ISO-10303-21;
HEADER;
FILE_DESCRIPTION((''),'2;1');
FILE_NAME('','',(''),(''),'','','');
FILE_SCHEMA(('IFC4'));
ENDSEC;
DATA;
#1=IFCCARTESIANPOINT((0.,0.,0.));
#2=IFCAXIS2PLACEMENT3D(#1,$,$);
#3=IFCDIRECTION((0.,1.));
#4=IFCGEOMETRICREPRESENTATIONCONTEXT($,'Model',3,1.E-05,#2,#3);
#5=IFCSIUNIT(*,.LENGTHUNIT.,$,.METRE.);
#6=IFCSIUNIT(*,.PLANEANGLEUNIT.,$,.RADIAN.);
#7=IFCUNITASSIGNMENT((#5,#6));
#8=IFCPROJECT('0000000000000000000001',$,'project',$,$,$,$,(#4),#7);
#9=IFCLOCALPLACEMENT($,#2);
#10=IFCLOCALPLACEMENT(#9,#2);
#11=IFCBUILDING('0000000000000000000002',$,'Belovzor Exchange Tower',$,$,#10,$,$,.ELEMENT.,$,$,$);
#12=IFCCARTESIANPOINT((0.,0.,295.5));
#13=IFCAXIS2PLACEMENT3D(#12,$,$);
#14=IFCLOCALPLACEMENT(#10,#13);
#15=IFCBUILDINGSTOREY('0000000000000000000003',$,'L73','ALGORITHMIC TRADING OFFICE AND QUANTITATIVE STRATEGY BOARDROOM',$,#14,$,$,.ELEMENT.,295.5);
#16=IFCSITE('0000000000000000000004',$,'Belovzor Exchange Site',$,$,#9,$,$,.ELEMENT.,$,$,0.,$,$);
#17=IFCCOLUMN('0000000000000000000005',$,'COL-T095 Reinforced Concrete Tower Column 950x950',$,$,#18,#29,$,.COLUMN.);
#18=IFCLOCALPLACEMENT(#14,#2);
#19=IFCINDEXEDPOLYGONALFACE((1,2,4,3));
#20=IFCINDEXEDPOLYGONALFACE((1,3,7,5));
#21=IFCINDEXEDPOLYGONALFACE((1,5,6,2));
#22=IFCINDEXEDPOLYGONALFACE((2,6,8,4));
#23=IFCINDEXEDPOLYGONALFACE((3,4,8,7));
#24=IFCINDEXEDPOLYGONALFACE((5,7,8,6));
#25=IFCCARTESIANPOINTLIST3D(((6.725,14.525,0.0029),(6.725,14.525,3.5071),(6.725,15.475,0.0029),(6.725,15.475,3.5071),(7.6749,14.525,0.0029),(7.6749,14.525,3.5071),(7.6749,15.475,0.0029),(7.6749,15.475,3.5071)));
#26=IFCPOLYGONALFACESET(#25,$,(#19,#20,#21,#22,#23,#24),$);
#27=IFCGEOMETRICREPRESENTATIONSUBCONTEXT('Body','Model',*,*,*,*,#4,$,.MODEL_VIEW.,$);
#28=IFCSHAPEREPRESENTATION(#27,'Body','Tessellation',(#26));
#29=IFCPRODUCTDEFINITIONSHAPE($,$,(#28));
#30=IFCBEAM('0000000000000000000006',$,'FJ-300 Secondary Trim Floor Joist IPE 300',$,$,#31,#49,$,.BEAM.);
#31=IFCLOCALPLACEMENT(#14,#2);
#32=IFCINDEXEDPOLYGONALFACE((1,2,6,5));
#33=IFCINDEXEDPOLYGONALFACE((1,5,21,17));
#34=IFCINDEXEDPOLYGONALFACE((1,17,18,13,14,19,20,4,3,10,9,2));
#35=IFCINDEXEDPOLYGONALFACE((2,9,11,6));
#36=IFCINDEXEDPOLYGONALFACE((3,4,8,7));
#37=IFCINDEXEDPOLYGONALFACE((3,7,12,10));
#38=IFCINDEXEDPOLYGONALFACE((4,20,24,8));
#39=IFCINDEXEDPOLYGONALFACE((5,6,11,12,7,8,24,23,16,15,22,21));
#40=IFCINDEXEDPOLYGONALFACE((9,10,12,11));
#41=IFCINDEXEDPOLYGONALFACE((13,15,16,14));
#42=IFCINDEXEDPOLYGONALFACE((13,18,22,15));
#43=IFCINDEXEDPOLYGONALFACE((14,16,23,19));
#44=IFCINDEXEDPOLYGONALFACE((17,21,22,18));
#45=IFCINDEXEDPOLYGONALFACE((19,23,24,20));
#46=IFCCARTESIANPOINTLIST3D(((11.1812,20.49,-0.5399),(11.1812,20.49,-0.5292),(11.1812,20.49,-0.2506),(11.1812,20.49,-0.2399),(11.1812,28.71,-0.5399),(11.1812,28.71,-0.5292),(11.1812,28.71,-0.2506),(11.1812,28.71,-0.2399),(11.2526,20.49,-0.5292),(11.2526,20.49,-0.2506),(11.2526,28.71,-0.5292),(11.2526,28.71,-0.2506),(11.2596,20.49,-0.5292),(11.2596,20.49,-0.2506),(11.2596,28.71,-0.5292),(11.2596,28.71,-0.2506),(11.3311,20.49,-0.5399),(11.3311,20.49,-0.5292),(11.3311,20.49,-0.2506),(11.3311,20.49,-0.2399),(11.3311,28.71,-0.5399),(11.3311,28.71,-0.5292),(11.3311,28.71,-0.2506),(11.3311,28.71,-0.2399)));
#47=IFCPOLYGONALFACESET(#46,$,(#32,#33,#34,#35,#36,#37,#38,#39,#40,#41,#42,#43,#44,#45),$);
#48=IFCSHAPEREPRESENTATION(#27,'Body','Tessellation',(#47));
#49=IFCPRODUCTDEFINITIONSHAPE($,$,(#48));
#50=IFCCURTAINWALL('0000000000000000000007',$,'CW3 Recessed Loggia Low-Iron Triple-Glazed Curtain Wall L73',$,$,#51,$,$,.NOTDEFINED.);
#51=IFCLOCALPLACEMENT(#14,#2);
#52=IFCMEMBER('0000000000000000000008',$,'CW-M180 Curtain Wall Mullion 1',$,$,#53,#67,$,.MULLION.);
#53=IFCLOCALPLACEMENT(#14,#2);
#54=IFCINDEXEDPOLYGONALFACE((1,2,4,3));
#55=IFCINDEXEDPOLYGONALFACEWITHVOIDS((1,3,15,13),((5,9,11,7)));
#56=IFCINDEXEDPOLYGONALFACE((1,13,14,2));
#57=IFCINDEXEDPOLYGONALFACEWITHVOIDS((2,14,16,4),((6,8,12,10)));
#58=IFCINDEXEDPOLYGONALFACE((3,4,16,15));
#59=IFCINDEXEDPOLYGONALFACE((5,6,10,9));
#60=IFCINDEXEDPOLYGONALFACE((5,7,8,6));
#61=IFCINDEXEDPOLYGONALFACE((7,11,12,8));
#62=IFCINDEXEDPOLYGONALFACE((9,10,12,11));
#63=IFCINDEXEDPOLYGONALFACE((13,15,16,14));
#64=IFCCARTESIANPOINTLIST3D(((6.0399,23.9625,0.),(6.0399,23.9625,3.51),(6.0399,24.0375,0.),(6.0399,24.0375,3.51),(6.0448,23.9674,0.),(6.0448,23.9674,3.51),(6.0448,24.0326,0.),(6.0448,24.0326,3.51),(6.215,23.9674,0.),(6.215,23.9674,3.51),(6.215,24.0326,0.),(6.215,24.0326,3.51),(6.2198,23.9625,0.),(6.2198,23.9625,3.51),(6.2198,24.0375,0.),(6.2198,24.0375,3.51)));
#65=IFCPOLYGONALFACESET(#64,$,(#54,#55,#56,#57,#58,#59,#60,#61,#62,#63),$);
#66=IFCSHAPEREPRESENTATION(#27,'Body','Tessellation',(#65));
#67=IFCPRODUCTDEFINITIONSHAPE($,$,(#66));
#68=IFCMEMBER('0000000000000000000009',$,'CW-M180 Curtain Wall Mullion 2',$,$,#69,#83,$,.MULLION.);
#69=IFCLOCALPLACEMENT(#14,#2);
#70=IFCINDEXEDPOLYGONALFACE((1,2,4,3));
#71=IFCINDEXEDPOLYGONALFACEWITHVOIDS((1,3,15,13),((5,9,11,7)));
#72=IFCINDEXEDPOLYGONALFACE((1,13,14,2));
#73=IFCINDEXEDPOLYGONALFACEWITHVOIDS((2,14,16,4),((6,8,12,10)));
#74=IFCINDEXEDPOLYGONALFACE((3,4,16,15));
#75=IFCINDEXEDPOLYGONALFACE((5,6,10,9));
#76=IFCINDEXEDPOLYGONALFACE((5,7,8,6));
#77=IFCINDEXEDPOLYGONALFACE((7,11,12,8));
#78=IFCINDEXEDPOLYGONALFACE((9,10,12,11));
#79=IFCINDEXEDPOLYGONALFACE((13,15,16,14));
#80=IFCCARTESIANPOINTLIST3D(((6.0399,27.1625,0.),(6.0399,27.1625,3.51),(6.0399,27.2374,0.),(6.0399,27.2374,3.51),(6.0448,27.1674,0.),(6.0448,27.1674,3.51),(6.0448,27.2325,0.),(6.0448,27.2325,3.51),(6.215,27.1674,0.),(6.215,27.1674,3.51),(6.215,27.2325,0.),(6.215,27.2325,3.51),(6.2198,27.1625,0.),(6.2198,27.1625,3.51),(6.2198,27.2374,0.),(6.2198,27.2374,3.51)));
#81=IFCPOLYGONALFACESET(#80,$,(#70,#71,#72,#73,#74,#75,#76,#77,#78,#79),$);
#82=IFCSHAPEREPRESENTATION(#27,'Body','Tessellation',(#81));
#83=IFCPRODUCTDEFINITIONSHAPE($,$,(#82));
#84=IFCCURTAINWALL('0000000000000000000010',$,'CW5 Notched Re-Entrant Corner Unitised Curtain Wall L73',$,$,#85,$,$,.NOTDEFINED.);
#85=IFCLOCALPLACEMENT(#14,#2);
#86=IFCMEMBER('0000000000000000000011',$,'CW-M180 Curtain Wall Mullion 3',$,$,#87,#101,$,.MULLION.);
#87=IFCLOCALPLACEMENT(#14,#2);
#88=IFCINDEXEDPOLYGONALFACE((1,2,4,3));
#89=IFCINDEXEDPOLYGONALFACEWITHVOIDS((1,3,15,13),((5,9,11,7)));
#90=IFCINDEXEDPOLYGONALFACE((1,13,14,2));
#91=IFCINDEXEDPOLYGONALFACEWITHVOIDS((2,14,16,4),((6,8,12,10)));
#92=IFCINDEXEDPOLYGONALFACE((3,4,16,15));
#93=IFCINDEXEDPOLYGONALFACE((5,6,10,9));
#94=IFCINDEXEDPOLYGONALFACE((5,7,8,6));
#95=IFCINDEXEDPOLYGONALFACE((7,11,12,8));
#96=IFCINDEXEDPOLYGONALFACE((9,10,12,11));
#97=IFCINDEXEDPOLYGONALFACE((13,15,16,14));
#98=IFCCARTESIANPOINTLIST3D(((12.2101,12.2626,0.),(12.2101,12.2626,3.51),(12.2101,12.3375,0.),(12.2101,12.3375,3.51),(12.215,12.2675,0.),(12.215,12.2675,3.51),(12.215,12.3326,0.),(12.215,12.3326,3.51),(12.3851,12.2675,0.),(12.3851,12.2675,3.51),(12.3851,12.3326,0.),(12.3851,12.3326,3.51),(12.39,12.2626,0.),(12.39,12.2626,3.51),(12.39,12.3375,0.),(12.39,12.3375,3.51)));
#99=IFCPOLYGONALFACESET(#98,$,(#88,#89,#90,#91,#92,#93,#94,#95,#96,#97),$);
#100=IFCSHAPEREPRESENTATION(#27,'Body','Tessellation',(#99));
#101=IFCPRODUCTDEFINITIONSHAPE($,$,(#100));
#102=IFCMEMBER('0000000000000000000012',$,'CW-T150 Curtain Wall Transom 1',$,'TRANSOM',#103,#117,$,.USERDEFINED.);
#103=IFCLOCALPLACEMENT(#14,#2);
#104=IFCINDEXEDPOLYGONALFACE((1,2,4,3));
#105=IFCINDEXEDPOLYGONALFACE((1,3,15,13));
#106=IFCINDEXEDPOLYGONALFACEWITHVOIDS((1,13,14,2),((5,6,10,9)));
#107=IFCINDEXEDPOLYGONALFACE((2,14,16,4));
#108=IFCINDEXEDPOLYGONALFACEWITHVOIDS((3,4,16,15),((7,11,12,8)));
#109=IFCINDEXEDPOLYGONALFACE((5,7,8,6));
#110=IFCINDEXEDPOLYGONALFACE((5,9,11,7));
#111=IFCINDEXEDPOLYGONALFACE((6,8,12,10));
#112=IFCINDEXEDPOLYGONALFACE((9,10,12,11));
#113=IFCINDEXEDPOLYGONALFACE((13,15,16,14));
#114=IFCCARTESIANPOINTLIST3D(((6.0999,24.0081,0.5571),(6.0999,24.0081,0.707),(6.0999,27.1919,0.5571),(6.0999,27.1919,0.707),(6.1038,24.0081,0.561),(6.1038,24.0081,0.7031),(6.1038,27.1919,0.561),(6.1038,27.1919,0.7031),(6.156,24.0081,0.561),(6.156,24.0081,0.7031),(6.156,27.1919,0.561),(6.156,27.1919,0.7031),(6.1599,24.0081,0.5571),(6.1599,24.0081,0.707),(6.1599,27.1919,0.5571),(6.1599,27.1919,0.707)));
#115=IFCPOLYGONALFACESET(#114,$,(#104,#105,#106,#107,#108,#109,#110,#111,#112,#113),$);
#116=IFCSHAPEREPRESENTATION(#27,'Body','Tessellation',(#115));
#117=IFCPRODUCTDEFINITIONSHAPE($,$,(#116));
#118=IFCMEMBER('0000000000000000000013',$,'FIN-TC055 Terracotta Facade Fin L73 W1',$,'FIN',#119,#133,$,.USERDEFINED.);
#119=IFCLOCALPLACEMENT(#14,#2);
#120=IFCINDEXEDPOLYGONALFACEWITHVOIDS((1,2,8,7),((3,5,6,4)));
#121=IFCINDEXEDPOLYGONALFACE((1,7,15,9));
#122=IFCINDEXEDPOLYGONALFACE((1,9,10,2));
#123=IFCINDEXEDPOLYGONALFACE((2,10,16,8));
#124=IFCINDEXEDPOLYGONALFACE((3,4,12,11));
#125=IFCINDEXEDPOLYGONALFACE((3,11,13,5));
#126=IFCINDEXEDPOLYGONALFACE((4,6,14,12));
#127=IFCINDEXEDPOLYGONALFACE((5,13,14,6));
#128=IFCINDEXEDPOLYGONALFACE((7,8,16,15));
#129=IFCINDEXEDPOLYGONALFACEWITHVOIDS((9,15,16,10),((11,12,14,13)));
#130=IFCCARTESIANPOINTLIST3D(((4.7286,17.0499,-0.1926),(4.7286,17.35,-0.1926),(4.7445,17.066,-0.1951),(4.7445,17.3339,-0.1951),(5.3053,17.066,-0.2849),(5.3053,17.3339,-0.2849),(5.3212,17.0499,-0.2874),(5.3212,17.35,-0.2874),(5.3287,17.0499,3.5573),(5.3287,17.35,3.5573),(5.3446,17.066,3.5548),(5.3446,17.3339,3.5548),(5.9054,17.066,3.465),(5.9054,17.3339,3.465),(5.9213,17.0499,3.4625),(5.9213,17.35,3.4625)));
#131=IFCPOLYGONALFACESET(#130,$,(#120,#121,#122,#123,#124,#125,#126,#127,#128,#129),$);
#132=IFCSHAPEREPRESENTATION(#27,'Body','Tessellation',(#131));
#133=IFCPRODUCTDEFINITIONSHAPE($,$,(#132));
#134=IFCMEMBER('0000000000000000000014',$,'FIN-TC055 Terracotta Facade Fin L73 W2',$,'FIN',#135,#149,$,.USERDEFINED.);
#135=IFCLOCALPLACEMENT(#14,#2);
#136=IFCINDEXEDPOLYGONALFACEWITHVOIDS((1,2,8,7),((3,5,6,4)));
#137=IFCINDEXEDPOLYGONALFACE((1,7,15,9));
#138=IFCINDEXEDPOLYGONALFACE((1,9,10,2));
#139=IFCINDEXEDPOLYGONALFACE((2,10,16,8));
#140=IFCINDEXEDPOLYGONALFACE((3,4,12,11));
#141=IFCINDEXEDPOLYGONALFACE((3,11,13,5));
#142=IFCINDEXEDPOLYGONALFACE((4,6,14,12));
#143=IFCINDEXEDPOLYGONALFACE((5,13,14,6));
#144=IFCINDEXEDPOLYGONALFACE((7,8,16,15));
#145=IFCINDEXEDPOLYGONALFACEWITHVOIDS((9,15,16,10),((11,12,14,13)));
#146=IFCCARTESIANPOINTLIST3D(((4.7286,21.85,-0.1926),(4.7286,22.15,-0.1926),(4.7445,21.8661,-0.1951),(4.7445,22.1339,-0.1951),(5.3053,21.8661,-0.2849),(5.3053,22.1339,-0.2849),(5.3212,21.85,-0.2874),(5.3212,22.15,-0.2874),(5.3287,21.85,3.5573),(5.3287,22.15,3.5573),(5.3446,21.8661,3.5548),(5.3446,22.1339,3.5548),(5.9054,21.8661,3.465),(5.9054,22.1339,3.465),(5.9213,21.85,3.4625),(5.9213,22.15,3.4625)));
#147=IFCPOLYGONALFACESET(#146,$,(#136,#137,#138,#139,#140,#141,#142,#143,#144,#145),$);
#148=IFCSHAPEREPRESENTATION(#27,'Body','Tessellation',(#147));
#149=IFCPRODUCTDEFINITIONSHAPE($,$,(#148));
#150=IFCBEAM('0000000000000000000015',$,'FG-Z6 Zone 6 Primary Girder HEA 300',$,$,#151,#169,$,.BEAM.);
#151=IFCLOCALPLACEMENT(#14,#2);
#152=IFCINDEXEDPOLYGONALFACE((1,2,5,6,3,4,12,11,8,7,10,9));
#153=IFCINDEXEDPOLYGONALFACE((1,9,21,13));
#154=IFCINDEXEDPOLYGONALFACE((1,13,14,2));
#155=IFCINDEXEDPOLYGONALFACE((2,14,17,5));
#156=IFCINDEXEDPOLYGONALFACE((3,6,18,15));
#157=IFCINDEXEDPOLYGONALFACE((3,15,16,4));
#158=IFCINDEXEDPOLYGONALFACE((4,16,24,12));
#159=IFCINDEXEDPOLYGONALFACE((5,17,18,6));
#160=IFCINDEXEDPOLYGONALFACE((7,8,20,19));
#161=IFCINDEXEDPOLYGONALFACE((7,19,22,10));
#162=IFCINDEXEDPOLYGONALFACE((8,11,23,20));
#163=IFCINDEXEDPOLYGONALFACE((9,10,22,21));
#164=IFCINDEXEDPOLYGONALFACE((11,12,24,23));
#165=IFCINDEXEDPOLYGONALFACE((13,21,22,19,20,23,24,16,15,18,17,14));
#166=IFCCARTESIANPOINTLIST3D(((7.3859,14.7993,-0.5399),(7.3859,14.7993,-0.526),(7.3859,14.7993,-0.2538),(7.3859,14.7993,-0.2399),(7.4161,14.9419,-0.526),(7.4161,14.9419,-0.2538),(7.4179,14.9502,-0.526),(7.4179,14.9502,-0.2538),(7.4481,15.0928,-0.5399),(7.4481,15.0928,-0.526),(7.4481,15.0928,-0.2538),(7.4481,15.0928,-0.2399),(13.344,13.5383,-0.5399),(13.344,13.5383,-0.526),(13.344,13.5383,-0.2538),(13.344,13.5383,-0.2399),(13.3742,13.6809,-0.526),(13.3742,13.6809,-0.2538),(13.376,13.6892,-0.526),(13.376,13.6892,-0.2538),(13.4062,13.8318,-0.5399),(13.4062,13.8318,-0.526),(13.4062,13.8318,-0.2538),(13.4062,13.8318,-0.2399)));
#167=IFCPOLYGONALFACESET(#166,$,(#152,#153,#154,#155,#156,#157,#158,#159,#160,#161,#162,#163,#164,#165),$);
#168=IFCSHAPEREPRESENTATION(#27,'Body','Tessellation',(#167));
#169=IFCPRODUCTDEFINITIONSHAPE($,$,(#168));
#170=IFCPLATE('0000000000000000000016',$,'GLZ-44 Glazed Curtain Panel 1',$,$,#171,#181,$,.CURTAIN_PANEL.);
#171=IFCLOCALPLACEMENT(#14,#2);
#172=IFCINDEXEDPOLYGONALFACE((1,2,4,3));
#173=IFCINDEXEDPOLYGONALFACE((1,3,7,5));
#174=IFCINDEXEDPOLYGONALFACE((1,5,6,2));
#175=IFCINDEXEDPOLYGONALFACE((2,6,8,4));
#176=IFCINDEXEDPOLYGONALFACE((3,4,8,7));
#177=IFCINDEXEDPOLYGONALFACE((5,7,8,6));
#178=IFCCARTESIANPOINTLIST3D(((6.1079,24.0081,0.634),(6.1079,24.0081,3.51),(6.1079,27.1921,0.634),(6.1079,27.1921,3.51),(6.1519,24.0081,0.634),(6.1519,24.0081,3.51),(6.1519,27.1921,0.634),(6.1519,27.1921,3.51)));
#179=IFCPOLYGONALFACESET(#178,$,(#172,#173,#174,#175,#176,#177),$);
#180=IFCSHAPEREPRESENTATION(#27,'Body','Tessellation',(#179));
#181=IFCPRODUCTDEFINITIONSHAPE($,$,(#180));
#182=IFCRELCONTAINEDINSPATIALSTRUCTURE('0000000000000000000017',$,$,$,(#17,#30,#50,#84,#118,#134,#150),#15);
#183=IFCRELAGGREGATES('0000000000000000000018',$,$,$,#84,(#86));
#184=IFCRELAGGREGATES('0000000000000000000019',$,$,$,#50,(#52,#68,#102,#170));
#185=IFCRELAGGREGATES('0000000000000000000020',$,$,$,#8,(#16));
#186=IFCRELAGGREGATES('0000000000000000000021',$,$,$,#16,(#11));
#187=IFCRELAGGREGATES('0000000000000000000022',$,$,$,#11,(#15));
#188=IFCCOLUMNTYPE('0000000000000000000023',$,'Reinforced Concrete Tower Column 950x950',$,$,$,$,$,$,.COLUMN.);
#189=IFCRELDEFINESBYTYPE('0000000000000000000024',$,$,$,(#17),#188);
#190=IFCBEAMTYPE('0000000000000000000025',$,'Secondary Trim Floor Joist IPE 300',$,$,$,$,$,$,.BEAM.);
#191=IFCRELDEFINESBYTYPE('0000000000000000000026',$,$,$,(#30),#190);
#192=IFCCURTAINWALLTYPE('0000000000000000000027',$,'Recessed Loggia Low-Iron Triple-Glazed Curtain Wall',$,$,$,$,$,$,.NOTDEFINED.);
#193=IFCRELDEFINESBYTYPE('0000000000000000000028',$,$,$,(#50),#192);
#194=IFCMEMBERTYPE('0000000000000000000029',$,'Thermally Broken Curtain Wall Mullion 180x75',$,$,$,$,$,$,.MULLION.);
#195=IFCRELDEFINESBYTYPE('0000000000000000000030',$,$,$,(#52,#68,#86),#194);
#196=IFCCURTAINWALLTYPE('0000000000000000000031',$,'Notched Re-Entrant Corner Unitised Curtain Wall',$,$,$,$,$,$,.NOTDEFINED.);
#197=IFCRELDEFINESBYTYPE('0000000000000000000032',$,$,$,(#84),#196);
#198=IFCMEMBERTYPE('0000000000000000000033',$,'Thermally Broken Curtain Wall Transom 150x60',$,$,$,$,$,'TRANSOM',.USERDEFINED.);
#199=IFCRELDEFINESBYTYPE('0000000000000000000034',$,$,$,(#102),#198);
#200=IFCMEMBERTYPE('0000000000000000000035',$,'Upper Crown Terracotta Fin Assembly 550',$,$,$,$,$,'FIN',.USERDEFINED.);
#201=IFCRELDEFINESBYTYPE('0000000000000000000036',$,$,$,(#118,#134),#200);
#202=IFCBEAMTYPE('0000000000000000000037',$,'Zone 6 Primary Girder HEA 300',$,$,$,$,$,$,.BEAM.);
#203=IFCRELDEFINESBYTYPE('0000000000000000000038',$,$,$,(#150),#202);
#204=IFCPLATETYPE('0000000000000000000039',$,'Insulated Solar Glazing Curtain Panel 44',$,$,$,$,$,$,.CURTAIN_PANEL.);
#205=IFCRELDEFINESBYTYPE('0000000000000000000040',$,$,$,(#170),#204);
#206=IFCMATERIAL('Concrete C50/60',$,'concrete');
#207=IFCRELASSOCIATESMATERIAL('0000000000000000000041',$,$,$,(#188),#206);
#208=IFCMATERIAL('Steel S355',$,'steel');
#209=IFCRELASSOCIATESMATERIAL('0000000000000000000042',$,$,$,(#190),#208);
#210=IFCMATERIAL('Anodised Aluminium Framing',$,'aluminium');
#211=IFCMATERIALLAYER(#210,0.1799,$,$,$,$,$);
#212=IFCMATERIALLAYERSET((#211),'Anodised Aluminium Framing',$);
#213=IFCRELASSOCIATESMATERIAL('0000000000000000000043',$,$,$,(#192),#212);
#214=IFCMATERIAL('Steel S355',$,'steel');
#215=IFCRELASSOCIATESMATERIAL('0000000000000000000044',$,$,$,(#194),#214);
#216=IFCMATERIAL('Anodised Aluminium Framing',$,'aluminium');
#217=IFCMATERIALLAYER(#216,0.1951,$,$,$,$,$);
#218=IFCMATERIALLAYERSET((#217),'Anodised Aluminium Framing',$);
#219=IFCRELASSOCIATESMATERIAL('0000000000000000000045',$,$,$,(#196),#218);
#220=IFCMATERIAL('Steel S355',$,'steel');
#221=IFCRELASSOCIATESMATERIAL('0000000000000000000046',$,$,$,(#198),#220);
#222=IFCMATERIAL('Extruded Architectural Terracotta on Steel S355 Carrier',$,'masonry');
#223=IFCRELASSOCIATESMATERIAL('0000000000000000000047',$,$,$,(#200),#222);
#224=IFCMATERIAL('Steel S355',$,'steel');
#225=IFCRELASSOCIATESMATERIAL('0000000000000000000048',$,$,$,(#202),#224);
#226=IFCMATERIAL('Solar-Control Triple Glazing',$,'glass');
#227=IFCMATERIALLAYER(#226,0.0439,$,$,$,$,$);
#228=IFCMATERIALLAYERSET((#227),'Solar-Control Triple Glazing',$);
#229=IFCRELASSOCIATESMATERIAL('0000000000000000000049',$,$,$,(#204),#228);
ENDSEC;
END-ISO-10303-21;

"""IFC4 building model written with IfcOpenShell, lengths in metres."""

from ifc_helpers import new_model, si_unit, direction, frame, origin, origin_2d, place, context, subcontext, project, spatial, rectangle, hollow_rectangle, i_section, extrude, material, layer, layer_set, material_profile, profile_set, type_object, element, aggregate, save


model = new_model("IFC4")

# Units and contexts
model_context = context("Model", 3, precision=1e-05, world=origin(), true_north=direction((0.0, 1.0)))
body_context = subcontext(model_context, "Body", "Model", "MODEL_VIEW")
ifc_project = project(units=[si_unit("LENGTHUNIT", "METRE"), si_unit("PLANEANGLEUNIT", "RADIAN")], contexts=[model_context])

# Site, building, storey
site_placement = place(None, origin())
site = spatial("IfcSite", under=ifc_project, at=site_placement, Name="Belovzor Exchange Site", CompositionType="ELEMENT", RefElevation=0.0)
building_placement = place(site_placement, origin())
building = spatial("IfcBuilding", under=site, at=building_placement, Name="Belovzor Exchange Tower", CompositionType="ELEMENT")
storey_placement = place(building_placement, frame((0.0, 0.0, 295.5)))
storey = spatial("IfcBuildingStorey", under=building, at=storey_placement, Name="L73", Description="ALGORITHMIC TRADING OFFICE AND QUANTITATIVE STRATEGY BOARDROOM", CompositionType="ELEMENT", Elevation=295.5)

# Column
ifc_material_1 = material(Name="Concrete C50/60", Category="concrete")
ifc_material_profile_1 = material_profile(ifc_material_1, rectangle(XDim=0.95, YDim=0.95, at=origin_2d()))
ifc_profile_set_1 = profile_set([ifc_material_profile_1], Name="Concrete C50/60")
column_type = type_object("IfcColumnType", Name="Reinforced Concrete Tower Column 950x950", PredefinedType="COLUMN", material=ifc_profile_set_1)
column_placement = place(storey_placement, frame((7.2, 15.0, 0.0029), z_axis=(0.0, 0.0, 1.0), x_axis=(1.0, 0.0, 0.0)))
element("IfcColumn", 1, at=column_placement, inside=storey, type_object=column_type, Name="COL-T095 Reinforced Concrete Tower Column 950x950", PredefinedType="COLUMN", context=body_context, shape_type="SweptSolid", body=[
    extrude(rectangle(XDim=0.95, YDim=0.95, at=origin_2d()), origin(), (0.0, 0.0, 1.0), 3.5042),
])

# Beam
ifc_material_2 = material(Name="Steel S355", Category="steel")
ifc_material_profile_2 = material_profile(ifc_material_2, i_section(OverallWidth=0.1499, OverallDepth=0.3, WebThickness=0.0071, FlangeThickness=0.0107, at=origin_2d()))
ifc_profile_set_2 = profile_set([ifc_material_profile_2], Name="Steel S355")
beam_type_1 = type_object("IfcBeamType", Name="Secondary Trim Floor Joist IPE 300", PredefinedType="BEAM", material=ifc_profile_set_2)
beam_1_placement = place(storey_placement, frame((11.2561, 20.49, -0.3899), z_axis=(0.0, 1.0, 0.0), x_axis=(-1.0, 0.0, 0.0)))
element("IfcBeam", 2, at=beam_1_placement, inside=storey, type_object=beam_type_1, Name="FJ-300 Secondary Trim Floor Joist IPE 300", PredefinedType="BEAM", context=body_context, shape_type="SweptSolid", body=[
    extrude(i_section(OverallWidth=0.1499, OverallDepth=0.3, WebThickness=0.0071, FlangeThickness=0.0107, at=origin_2d()), origin(), (0.0, 0.0, 1.0), 8.22),
])

# Curtain wall, members
ifc_material_3 = material(Name="Anodised Aluminium Framing", Category="aluminium")
ifc_layer_1 = layer(ifc_material_3, 0.1799)
ifc_layer_set_1 = layer_set([ifc_layer_1], Name="Anodised Aluminium Framing")
curtain_wall_type_1 = type_object("IfcCurtainWallType", Name="Recessed Loggia Low-Iron Triple-Glazed Curtain Wall", PredefinedType="NOTDEFINED", material=ifc_layer_set_1)
curtain_wall_1_placement = place(storey_placement, origin())
curtain_wall_1 = element("IfcCurtainWall", 3, at=curtain_wall_1_placement, inside=storey, type_object=curtain_wall_type_1, Name="CW3 Recessed Loggia Low-Iron Triple-Glazed Curtain Wall L73", PredefinedType="NOTDEFINED")
ifc_material_4 = material(Name="Steel S355", Category="steel")
ifc_material_profile_3 = material_profile(ifc_material_4, hollow_rectangle(XDim=0.075, YDim=0.1799, WallThickness=0.0049, at=origin_2d()))
ifc_profile_set_3 = profile_set([ifc_material_profile_3], Name="Steel S355")
member_type_1 = type_object("IfcMemberType", Name="Thermally Broken Curtain Wall Mullion 180x75", PredefinedType="MULLION", material=ifc_profile_set_3)
member_1_placement = place(storey_placement, frame((6.1299, 24.0, 0.0), z_axis=(0.0, 0.0, 1.0), x_axis=(0.0, 1.0, 0.0)))
member_1 = element("IfcMember", 4, at=member_1_placement, type_object=member_type_1, Name="CW-M180 Curtain Wall Mullion 1", PredefinedType="MULLION", context=body_context, shape_type="SweptSolid", body=[
    extrude(hollow_rectangle(XDim=0.075, YDim=0.1799, WallThickness=0.0049, at=origin_2d()), origin(), (0.0, 0.0, 1.0), 3.51),
])
member_2_placement = place(storey_placement, frame((6.1299, 27.2, 0.0), z_axis=(0.0, 0.0, 1.0), x_axis=(0.0, 1.0, 0.0)))
member_2 = element("IfcMember", 5, at=member_2_placement, type_object=member_type_1, Name="CW-M180 Curtain Wall Mullion 2", PredefinedType="MULLION", context=body_context, shape_type="SweptSolid", body=[
    extrude(hollow_rectangle(XDim=0.075, YDim=0.1799, WallThickness=0.0049, at=origin_2d()), origin(), (0.0, 0.0, 1.0), 3.51),
])

# Curtain wall, member
ifc_material_5 = material(Name="Anodised Aluminium Framing", Category="aluminium")
ifc_layer_2 = layer(ifc_material_5, 0.1951)
ifc_layer_set_2 = layer_set([ifc_layer_2], Name="Anodised Aluminium Framing")
curtain_wall_type_2 = type_object("IfcCurtainWallType", Name="Notched Re-Entrant Corner Unitised Curtain Wall", PredefinedType="NOTDEFINED", material=ifc_layer_set_2)
curtain_wall_2_placement = place(storey_placement, origin())
curtain_wall_2 = element("IfcCurtainWall", 6, at=curtain_wall_2_placement, inside=storey, type_object=curtain_wall_type_2, Name="CW5 Notched Re-Entrant Corner Unitised Curtain Wall L73", PredefinedType="NOTDEFINED")
member_3_placement = place(storey_placement, frame((12.3, 12.3, 0.0), z_axis=(0.0, 0.0, 1.0), x_axis=(0.0, 1.0, 0.0)))
member_3 = element("IfcMember", 7, at=member_3_placement, type_object=member_type_1, Name="CW-M180 Curtain Wall Mullion 3", PredefinedType="MULLION", context=body_context, shape_type="SweptSolid", body=[
    extrude(hollow_rectangle(XDim=0.075, YDim=0.1799, WallThickness=0.0049, at=origin_2d()), origin(), (0.0, 0.0, 1.0), 3.51),
])
aggregate(curtain_wall_2, [member_3])

# Member
ifc_material_6 = material(Name="Steel S355", Category="steel")
ifc_material_profile_4 = material_profile(ifc_material_6, hollow_rectangle(XDim=0.0601, YDim=0.1499, WallThickness=0.0039, at=origin_2d()))
ifc_profile_set_4 = profile_set([ifc_material_profile_4], Name="Steel S355")
member_type_2 = type_object("IfcMemberType", Name="Thermally Broken Curtain Wall Transom 150x60", ElementType="TRANSOM", PredefinedType="USERDEFINED", material=ifc_profile_set_4)
member_4_placement = place(storey_placement, frame((6.1299, 24.0081, 0.6321), z_axis=(0.0, 1.0, 0.0), x_axis=(-1.0, 0.0, 0.0)))
member_4 = element("IfcMember", 8, at=member_4_placement, type_object=member_type_2, Name="CW-T150 Curtain Wall Transom 1", ObjectType="TRANSOM", PredefinedType="USERDEFINED", context=body_context, shape_type="SweptSolid", body=[
    extrude(hollow_rectangle(XDim=0.0601, YDim=0.1499, WallThickness=0.0039, at=origin_2d()), origin(), (0.0, 0.0, 1.0), 3.1838),
])

# Members
ifc_material_7 = material(Name="Extruded Architectural Terracotta on Steel S355 Carrier", Category="masonry")
ifc_material_profile_5 = material_profile(ifc_material_7, hollow_rectangle(XDim=0.3, YDim=0.6001, WallThickness=0.0161, at=origin_2d()))
ifc_profile_set_5 = profile_set([ifc_material_profile_5], Name="Extruded Architectural Terracotta on Steel S355 Carrier")
member_type_3 = type_object("IfcMemberType", Name="Upper Crown Terracotta Fin Assembly 550", ElementType="FIN", PredefinedType="USERDEFINED", material=ifc_profile_set_5)
for number, where, z_axis, x_axis, name in (
    (9, (5.0249, 17.2, -0.24), (0.158016, 0.0, 0.987437), (0.0, 1.0, 0.0), "FIN-TC055 Terracotta Facade Fin L73 W1"),
    (10, (5.0249, 22.0, -0.24), (0.158016, 0.0, 0.987437), (0.0, 1.0, 0.0), "FIN-TC055 Terracotta Facade Fin L73 W2"),
):
    element("IfcMember", number, at=place(storey_placement, frame(where, z_axis=z_axis, x_axis=x_axis)), inside=storey, type_object=member_type_3, Name=name, ObjectType="FIN", PredefinedType="USERDEFINED", context=body_context, shape_type="SweptSolid", body=[
        extrude(hollow_rectangle(XDim=0.3, YDim=0.6001, WallThickness=0.0161, at=origin_2d()), origin(), (0.0, 0.0, 1.0), 3.7976),
    ])

# Beam
ifc_material_8 = material(Name="Steel S355", Category="steel")
ifc_material_profile_6 = material_profile(ifc_material_8, i_section(OverallWidth=0.3, OverallDepth=0.3, WebThickness=0.0085, FlangeThickness=0.0139, at=origin_2d()))
ifc_profile_set_6 = profile_set([ifc_material_profile_6], Name="Steel S355")
beam_type_2 = type_object("IfcBeamType", Name="Zone 6 Primary Girder HEA 300", PredefinedType="BEAM", material=ifc_profile_set_6)
beam_2_placement = place(storey_placement, frame((7.417, 14.946, -0.3899), z_axis=(0.978328, -0.207059, 0.0), x_axis=(0.207059, 0.978328, 0.0)))
element("IfcBeam", 11, at=beam_2_placement, inside=storey, type_object=beam_type_2, Name="FG-Z6 Zone 6 Primary Girder HEA 300", PredefinedType="BEAM", context=body_context, shape_type="SweptSolid", body=[
    extrude(i_section(OverallWidth=0.3, OverallDepth=0.3, WebThickness=0.0085, FlangeThickness=0.0139, at=origin_2d()), origin(), (0.0, 0.0, 1.0), 6.0901),
])

# Plate
ifc_material_9 = material(Name="Solar-Control Triple Glazing", Category="glass")
ifc_layer_3 = layer(ifc_material_9, 0.0439)
ifc_layer_set_3 = layer_set([ifc_layer_3], Name="Solar-Control Triple Glazing")
plate_type_1 = type_object("IfcPlateType", Name="Insulated Solar Glazing Curtain Panel 44", PredefinedType="CURTAIN_PANEL", material=ifc_layer_set_3)
plate_1_placement = place(storey_placement, frame((6.1299, 25.6001, 0.634), z_axis=(0.0, 0.0, 1.0), x_axis=(0.0, 1.0, 0.0)))
plate_1 = element("IfcPlate", 12, at=plate_1_placement, type_object=plate_type_1, Name="GLZ-44 Glazed Curtain Panel 1", PredefinedType="CURTAIN_PANEL", context=body_context, shape_type="SweptSolid", body=[
    extrude(rectangle(XDim=3.1841, YDim=0.0439, at=origin_2d()), origin(), (0.0, 0.0, 1.0), 2.876),
])
aggregate(curtain_wall_1, [member_1, member_2, member_4, plate_1])

save(model, "model.ifc")
